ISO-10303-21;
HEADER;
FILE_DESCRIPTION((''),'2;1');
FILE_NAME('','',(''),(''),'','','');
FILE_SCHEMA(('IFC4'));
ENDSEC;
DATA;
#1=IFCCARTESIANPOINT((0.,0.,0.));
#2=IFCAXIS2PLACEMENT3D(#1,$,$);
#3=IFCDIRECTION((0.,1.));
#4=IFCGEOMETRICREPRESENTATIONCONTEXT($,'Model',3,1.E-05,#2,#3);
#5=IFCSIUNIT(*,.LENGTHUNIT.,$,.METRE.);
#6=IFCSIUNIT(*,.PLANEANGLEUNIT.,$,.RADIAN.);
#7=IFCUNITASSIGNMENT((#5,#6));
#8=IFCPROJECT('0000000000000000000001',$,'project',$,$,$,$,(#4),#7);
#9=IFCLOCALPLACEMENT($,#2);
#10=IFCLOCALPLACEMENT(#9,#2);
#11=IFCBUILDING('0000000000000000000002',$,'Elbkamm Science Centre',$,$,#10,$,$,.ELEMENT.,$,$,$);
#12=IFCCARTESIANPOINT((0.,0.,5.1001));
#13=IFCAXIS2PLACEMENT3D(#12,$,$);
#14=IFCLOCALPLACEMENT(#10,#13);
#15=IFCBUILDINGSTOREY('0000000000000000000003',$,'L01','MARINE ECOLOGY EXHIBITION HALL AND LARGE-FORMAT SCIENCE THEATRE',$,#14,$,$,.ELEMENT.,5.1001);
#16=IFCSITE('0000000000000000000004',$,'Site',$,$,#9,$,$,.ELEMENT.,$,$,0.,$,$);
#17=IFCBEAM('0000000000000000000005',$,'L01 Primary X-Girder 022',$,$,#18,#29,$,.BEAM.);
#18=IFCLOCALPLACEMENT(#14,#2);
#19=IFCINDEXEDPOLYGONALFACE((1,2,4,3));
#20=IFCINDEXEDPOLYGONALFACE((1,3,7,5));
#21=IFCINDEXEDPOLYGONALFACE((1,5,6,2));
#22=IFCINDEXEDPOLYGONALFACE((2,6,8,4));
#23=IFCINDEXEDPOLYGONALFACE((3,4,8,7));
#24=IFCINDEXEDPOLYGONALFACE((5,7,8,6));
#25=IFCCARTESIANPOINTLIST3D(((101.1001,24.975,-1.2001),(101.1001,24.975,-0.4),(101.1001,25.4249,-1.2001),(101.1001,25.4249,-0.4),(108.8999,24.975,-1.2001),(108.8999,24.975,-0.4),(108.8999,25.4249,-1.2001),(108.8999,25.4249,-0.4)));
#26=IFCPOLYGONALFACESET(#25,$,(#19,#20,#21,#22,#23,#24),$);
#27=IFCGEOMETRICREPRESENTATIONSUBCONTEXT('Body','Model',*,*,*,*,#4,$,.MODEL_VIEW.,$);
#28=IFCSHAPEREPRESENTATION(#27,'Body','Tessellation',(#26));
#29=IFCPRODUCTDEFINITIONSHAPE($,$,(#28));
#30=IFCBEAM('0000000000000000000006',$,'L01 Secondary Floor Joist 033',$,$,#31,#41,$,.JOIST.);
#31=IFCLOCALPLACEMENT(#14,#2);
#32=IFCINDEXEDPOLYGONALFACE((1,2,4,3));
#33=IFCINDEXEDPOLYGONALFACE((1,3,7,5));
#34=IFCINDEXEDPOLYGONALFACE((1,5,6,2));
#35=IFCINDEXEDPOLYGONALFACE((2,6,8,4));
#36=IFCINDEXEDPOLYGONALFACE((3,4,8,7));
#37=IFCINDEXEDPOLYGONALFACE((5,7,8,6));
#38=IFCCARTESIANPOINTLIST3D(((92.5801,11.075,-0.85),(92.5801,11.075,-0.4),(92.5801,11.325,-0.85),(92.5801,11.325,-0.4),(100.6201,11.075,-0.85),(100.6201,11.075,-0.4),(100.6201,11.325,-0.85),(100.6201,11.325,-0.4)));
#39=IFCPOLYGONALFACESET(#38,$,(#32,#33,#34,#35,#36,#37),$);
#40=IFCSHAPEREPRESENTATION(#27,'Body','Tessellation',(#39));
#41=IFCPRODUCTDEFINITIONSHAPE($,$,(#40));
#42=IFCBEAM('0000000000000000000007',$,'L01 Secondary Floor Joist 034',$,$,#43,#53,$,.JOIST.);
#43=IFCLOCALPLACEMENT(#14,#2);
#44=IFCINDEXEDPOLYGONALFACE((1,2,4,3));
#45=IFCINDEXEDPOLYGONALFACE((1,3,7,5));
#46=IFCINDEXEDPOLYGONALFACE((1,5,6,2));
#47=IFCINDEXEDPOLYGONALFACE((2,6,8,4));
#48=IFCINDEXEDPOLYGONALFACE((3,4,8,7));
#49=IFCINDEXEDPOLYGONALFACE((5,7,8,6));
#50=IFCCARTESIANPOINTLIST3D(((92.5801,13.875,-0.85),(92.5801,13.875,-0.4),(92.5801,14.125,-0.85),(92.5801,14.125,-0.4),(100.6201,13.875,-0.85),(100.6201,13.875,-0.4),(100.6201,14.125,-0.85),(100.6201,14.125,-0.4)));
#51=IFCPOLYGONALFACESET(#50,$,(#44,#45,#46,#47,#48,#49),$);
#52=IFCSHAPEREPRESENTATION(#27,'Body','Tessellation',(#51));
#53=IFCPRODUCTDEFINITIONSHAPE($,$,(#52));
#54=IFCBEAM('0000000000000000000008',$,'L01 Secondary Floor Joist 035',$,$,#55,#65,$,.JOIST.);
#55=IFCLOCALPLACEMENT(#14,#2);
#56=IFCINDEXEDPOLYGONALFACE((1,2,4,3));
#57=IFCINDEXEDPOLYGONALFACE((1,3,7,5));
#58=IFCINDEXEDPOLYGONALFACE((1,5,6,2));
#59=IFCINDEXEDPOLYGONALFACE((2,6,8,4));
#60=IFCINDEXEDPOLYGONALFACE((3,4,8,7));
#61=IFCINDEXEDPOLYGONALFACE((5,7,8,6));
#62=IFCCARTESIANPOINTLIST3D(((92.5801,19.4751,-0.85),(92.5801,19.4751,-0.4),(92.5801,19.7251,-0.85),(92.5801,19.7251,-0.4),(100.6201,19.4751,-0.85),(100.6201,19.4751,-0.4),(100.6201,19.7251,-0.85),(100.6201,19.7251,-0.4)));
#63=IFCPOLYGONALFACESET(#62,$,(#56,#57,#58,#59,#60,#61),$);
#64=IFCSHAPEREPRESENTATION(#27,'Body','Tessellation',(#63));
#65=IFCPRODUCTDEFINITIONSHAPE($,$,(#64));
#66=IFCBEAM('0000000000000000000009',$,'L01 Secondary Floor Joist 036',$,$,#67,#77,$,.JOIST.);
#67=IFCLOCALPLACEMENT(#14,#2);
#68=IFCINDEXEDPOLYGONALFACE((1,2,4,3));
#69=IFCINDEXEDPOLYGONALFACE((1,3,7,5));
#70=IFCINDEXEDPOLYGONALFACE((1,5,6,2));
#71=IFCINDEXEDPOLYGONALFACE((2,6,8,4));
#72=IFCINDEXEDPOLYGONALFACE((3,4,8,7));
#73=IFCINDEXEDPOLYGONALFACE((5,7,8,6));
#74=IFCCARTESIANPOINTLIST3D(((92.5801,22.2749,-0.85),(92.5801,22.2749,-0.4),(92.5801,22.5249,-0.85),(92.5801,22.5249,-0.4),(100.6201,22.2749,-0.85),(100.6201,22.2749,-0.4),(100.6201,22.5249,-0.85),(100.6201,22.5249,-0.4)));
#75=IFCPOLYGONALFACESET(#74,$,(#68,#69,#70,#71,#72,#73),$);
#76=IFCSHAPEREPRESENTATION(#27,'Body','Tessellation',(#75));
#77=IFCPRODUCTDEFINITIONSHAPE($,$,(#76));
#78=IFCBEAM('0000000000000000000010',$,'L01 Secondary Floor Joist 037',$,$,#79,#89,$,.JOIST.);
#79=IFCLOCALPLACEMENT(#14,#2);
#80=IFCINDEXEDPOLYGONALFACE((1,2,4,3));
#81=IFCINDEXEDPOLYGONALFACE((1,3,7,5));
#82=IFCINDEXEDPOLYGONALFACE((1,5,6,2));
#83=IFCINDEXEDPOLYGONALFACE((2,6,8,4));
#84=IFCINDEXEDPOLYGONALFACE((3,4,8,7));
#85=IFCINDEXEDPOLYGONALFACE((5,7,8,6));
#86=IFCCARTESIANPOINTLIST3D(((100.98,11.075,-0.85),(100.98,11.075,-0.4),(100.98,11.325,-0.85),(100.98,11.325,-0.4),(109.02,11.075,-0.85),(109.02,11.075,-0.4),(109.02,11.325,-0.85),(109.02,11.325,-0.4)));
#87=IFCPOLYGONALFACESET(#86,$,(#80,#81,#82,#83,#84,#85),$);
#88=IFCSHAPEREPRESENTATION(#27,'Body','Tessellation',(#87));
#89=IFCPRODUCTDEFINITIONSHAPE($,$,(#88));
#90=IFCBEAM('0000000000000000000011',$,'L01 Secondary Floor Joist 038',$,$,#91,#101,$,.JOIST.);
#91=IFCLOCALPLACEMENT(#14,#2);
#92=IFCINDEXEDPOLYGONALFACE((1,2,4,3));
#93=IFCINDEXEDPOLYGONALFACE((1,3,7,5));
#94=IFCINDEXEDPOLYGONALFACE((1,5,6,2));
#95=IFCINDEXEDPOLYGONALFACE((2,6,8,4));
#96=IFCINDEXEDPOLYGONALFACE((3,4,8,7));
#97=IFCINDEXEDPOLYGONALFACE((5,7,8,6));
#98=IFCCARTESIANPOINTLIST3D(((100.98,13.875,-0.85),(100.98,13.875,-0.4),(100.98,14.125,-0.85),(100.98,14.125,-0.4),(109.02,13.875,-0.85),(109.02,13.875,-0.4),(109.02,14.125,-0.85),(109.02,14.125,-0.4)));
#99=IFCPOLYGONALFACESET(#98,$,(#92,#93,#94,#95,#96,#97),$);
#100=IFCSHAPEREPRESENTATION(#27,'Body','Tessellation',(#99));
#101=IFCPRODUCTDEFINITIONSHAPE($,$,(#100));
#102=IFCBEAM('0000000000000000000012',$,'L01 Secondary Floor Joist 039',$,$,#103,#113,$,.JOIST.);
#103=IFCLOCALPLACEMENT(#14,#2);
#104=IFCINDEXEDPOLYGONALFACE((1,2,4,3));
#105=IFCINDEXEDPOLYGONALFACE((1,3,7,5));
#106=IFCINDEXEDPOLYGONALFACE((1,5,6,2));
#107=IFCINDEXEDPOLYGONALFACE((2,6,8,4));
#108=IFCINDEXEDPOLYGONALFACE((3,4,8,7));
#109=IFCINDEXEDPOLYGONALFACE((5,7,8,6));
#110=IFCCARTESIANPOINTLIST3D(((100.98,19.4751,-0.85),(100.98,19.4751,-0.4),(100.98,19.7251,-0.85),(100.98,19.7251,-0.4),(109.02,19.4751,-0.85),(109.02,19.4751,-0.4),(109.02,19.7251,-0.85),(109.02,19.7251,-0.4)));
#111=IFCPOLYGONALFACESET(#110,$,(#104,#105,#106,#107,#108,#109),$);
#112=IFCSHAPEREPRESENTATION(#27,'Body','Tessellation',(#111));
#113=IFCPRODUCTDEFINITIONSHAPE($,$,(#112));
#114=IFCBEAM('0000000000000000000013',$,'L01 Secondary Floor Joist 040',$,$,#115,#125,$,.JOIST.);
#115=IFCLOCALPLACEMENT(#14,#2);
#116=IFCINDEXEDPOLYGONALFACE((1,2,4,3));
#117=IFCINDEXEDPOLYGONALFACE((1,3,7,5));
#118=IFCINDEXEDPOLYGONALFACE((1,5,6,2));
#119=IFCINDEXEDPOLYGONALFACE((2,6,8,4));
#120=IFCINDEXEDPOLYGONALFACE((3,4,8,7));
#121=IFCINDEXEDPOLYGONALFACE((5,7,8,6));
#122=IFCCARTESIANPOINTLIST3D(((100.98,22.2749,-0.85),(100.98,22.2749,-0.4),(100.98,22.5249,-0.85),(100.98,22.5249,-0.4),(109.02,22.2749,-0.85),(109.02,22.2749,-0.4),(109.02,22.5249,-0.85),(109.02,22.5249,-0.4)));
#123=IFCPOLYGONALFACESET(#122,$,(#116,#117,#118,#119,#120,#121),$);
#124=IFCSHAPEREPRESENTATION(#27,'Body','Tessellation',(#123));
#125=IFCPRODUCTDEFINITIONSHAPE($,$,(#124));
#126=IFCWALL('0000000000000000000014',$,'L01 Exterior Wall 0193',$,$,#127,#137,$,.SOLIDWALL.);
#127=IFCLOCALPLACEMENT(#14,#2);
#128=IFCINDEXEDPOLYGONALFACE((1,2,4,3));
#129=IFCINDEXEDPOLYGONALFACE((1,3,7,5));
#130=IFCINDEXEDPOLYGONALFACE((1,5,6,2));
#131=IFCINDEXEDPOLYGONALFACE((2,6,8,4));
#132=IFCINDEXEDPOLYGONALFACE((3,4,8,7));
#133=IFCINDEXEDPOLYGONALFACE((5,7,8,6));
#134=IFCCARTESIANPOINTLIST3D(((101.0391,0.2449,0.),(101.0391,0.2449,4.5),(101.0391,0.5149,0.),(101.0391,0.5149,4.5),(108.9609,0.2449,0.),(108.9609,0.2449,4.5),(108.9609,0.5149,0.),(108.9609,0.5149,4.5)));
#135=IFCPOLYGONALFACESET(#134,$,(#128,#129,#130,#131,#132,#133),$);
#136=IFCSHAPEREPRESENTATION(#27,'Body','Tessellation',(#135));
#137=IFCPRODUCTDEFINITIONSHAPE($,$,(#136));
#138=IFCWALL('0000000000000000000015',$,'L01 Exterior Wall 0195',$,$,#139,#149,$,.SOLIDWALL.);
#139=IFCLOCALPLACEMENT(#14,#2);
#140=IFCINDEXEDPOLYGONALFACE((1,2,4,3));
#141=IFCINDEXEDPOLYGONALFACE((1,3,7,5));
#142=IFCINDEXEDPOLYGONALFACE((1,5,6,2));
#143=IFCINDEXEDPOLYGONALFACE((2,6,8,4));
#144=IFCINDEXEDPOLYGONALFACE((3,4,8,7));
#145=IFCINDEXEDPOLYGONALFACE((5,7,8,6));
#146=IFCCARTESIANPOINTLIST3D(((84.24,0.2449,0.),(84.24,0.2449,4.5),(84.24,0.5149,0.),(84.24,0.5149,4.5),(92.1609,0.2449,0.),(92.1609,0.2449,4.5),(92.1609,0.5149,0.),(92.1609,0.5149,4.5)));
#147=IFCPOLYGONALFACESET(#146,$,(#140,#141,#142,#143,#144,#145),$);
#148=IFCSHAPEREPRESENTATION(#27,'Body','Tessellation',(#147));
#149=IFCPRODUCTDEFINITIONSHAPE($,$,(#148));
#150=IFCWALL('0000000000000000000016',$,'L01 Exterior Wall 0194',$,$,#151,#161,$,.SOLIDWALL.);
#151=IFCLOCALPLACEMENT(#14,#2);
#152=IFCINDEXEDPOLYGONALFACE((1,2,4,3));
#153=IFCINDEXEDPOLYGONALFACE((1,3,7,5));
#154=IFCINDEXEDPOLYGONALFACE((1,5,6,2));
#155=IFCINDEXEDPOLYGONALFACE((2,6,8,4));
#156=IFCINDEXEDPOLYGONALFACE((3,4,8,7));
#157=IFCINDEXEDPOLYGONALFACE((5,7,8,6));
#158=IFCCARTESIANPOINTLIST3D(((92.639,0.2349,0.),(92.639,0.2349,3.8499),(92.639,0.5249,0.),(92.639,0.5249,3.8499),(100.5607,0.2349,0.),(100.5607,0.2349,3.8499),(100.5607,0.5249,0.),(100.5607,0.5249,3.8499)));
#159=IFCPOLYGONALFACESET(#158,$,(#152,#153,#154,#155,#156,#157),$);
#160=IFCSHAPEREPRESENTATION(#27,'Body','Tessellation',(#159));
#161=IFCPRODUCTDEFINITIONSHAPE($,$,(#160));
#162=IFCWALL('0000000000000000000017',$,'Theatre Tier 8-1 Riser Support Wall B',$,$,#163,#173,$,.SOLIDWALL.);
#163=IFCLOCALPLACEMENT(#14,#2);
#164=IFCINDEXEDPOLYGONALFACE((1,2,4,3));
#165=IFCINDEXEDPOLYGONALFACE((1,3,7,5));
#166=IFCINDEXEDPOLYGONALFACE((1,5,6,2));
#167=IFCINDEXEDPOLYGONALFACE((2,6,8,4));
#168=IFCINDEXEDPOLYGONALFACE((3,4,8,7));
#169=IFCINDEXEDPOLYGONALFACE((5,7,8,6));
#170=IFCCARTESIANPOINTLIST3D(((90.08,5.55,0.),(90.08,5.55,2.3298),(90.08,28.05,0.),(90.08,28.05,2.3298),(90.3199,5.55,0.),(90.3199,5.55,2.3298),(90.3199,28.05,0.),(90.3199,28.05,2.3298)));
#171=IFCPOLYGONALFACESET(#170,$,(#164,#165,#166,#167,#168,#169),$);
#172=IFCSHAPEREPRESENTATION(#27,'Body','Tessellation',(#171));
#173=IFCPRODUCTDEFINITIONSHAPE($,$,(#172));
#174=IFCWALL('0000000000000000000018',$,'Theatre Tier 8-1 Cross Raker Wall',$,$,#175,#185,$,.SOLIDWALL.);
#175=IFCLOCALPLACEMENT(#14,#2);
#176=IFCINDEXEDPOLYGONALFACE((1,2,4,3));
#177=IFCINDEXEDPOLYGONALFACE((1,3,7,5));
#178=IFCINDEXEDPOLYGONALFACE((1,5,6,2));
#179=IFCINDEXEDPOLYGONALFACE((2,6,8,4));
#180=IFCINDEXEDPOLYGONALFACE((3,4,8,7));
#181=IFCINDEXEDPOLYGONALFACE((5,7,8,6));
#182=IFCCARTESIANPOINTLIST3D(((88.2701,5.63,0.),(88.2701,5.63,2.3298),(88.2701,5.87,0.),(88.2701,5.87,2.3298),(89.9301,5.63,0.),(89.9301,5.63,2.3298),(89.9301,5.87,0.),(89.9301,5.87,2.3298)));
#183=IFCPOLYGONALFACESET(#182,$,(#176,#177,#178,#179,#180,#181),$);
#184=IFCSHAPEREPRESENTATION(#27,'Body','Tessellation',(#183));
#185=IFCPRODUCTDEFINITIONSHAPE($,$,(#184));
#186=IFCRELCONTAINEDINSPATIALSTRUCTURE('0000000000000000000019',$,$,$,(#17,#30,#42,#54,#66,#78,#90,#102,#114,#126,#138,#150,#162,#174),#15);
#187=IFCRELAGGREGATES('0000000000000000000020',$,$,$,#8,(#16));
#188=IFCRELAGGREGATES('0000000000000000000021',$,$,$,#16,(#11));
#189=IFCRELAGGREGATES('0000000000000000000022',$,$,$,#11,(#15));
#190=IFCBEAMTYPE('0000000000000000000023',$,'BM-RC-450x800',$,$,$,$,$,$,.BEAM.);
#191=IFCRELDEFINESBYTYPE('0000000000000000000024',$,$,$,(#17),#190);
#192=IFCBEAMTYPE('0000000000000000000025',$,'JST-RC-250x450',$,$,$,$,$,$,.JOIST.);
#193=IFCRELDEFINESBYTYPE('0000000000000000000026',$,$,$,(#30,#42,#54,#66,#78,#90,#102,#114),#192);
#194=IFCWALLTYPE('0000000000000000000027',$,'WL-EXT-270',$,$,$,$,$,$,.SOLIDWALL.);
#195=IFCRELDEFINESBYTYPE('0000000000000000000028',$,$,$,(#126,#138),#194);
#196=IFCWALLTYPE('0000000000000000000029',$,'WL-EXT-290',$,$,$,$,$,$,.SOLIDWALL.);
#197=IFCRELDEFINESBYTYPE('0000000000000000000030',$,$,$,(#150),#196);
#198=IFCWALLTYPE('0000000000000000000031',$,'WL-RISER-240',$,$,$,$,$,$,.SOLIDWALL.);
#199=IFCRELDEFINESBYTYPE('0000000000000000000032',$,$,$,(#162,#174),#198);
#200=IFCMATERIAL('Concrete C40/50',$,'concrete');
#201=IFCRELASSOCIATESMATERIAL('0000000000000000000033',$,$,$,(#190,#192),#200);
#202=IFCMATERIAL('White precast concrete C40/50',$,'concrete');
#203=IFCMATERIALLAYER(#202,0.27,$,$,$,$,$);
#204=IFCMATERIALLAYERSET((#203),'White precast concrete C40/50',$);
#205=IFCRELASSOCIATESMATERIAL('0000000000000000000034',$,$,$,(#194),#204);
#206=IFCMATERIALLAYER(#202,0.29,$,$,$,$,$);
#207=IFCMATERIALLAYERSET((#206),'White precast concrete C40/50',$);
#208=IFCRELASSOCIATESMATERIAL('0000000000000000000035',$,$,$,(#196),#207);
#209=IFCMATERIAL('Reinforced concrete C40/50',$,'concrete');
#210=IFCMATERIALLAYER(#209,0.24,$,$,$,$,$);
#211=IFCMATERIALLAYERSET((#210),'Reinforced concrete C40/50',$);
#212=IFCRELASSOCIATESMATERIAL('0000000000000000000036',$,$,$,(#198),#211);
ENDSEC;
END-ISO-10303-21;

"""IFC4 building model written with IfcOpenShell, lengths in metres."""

from ifc_helpers import new_model, si_unit, direction, frame, frame_2d, origin, origin_2d, place, context, subcontext, project, spatial, rectangle, extrude, material, layer, layer_set, material_profile, profile_set, type_object, element, save


model = new_model("IFC4")

# Units and contexts
model_context = context("Model", 3, precision=1e-05, world=origin(), true_north=direction((0.0, 1.0)))
body_context = subcontext(model_context, "Body", "Model", "MODEL_VIEW")
ifc_project = project(units=[si_unit("LENGTHUNIT", "METRE"), si_unit("PLANEANGLEUNIT", "RADIAN")], contexts=[model_context])

# Site, building, storey
site_placement = place(None, origin())
site = spatial("IfcSite", under=ifc_project, at=site_placement, Name="Site", CompositionType="ELEMENT", RefElevation=0.0)
building_placement = place(site_placement, origin())
building = spatial("IfcBuilding", under=site, at=building_placement, Name="Elbkamm Science Centre", CompositionType="ELEMENT")
storey_placement = place(building_placement, frame((0.0, 0.0, 5.1001)))
storey = spatial("IfcBuildingStorey", under=building, at=storey_placement, Name="L01", Description="MARINE ECOLOGY EXHIBITION HALL AND LARGE-FORMAT SCIENCE THEATRE", CompositionType="ELEMENT", Elevation=5.1001)

# Shared definitions
ifc_material_1 = material(Name="Concrete C40/50", Category="concrete")

# Beams
ifc_material_profile_1 = material_profile(ifc_material_1, rectangle(XDim=0.45, YDim=0.8, at=origin_2d()), Name="RC 450x800")
ifc_profile_set_1 = profile_set([ifc_material_profile_1], Name="Concrete C40/50")
beam_type_1 = type_object("IfcBeamType", Name="BM-RC-450x800", PredefinedType="BEAM", material=ifc_profile_set_1)
beam_1_placement = place(storey_placement, frame((101.1001, 25.2, -0.8), z_axis=(1.0, 0.0, 0.0), x_axis=(0.0, 1.0, 0.0)))
element("IfcBeam", 1, at=beam_1_placement, inside=storey, type_object=beam_type_1, Name="L01 Primary X-Girder 022", PredefinedType="BEAM", context=body_context, shape_type="SweptSolid", body=[
    extrude(rectangle(XDim=0.45, YDim=0.8, at=origin_2d()), origin(), (0.0, 0.0, 1.0), 7.7998),
])
ifc_material_profile_2 = material_profile(ifc_material_1, rectangle(XDim=0.25, YDim=0.45, at=origin_2d()), Name="RC 250x450")
ifc_profile_set_2 = profile_set([ifc_material_profile_2], Name="Concrete C40/50")
beam_type_2 = type_object("IfcBeamType", Name="JST-RC-250x450", PredefinedType="JOIST", material=ifc_profile_set_2)
for number, where, z_axis, x_axis, name in (
    (2, (92.5801, 11.2, -0.625), (1.0, 0.0, 0.0), (0.0, 1.0, 0.0), "L01 Secondary Floor Joist 033"),
    (3, (92.5801, 14.0, -0.625), (1.0, 0.0, 0.0), (0.0, 1.0, 0.0), "L01 Secondary Floor Joist 034"),
    (4, (92.5801, 19.6001, -0.625), (1.0, 0.0, 0.0), (0.0, 1.0, 0.0), "L01 Secondary Floor Joist 035"),
    (5, (92.5801, 22.3999, -0.625), (1.0, 0.0, 0.0), (0.0, 1.0, 0.0), "L01 Secondary Floor Joist 036"),
    (6, (100.98, 11.2, -0.625), (1.0, 0.0, 0.0), (0.0, 1.0, 0.0), "L01 Secondary Floor Joist 037"),
    (7, (100.98, 14.0, -0.625), (1.0, 0.0, 0.0), (0.0, 1.0, 0.0), "L01 Secondary Floor Joist 038"),
    (8, (100.98, 19.6001, -0.625), (1.0, 0.0, 0.0), (0.0, 1.0, 0.0), "L01 Secondary Floor Joist 039"),
    (9, (100.98, 22.3999, -0.625), (1.0, 0.0, 0.0), (0.0, 1.0, 0.0), "L01 Secondary Floor Joist 040"),
):
    element("IfcBeam", number, at=place(storey_placement, frame(where, z_axis=z_axis, x_axis=x_axis)), inside=storey, type_object=beam_type_2, Name=name, PredefinedType="JOIST", context=body_context, shape_type="SweptSolid", body=[
        extrude(rectangle(XDim=0.25, YDim=0.45, at=origin_2d()), origin(), (0.0, 0.0, 1.0), 8.04),
    ])

# Walls
ifc_material_2 = material(Name="White precast concrete C40/50", Category="concrete")
ifc_layer_1 = layer(ifc_material_2, 0.27)
ifc_layer_set_1 = layer_set([ifc_layer_1], Name="White precast concrete C40/50")
wall_type_1 = type_object("IfcWallType", Name="WL-EXT-270", PredefinedType="SOLIDWALL", material=ifc_layer_set_1)
wall_1_placement = place(storey_placement, frame((108.9609, 0.3799, 0.0), z_axis=(0.0, 0.0, 1.0), x_axis=(-1.0, 0.0, 0.0)))
element("IfcWall", 10, at=wall_1_placement, inside=storey, type_object=wall_type_1, Name="L01 Exterior Wall 0193", PredefinedType="SOLIDWALL", context=body_context, shape_type="SweptSolid", body=[
    extrude(rectangle(XDim=7.9219, YDim=0.27, at=frame_2d((3.9609, 0.0))), origin(), (0.0, 0.0, 1.0), 4.5),
])
wall_2_placement = place(storey_placement, frame((92.1609, 0.3799, 0.0), z_axis=(0.0, 0.0, 1.0), x_axis=(-1.0, 0.0, 0.0)))
element("IfcWall", 11, at=wall_2_placement, inside=storey, type_object=wall_type_1, Name="L01 Exterior Wall 0195", PredefinedType="SOLIDWALL", context=body_context, shape_type="SweptSolid", body=[
    extrude(rectangle(XDim=7.9209, YDim=0.27, at=frame_2d((3.9604, 0.0))), origin(), (0.0, 0.0, 1.0), 4.5),
])
ifc_layer_2 = layer(ifc_material_2, 0.29)
ifc_layer_set_2 = layer_set([ifc_layer_2], Name="White precast concrete C40/50")
wall_type_2 = type_object("IfcWallType", Name="WL-EXT-290", PredefinedType="SOLIDWALL", material=ifc_layer_set_2)
wall_3_placement = place(storey_placement, frame((100.5608, 0.3799, 0.0), z_axis=(0.0, 0.0, 1.0), x_axis=(-1.0, 0.0, 0.0)))
element("IfcWall", 12, at=wall_3_placement, inside=storey, type_object=wall_type_2, Name="L01 Exterior Wall 0194", PredefinedType="SOLIDWALL", context=body_context, shape_type="SweptSolid", body=[
    extrude(rectangle(XDim=7.9216, YDim=0.29, at=frame_2d((3.9609, 0.0))), origin(), (0.0, 0.0, 1.0), 3.8499),
])
ifc_material_3 = material(Name="Reinforced concrete C40/50", Category="concrete")
ifc_layer_3 = layer(ifc_material_3, 0.24)
ifc_layer_set_3 = layer_set([ifc_layer_3], Name="Reinforced concrete C40/50")
wall_type_3 = type_object("IfcWallType", Name="WL-RISER-240", PredefinedType="SOLIDWALL", material=ifc_layer_set_3)
wall_4_placement = place(storey_placement, frame((90.2, 5.55, 0.0), z_axis=(0.0, 0.0, 1.0), x_axis=(0.0, 1.0, 0.0)))
element("IfcWall", 13, at=wall_4_placement, inside=storey, type_object=wall_type_3, Name="Theatre Tier 8-1 Riser Support Wall B", PredefinedType="SOLIDWALL", context=body_context, shape_type="SweptSolid", body=[
    extrude(rectangle(XDim=22.5, YDim=0.24, at=frame_2d((11.25, 0.0))), origin(), (0.0, 0.0, 1.0), 2.3298),
])
wall_5_placement = place(storey_placement, frame((88.27, 5.75, 0.0), z_axis=(0.0, 0.0, 1.0), x_axis=(1.0, 0.0, 0.0)))
element("IfcWall", 14, at=wall_5_placement, inside=storey, type_object=wall_type_3, Name="Theatre Tier 8-1 Cross Raker Wall", PredefinedType="SOLIDWALL", context=body_context, shape_type="SweptSolid", body=[
    extrude(rectangle(XDim=1.6599, YDim=0.24, at=frame_2d((0.8301, 0.0))), origin(), (0.0, 0.0, 1.0), 2.3298),
])

save(model, "model.ifc")
